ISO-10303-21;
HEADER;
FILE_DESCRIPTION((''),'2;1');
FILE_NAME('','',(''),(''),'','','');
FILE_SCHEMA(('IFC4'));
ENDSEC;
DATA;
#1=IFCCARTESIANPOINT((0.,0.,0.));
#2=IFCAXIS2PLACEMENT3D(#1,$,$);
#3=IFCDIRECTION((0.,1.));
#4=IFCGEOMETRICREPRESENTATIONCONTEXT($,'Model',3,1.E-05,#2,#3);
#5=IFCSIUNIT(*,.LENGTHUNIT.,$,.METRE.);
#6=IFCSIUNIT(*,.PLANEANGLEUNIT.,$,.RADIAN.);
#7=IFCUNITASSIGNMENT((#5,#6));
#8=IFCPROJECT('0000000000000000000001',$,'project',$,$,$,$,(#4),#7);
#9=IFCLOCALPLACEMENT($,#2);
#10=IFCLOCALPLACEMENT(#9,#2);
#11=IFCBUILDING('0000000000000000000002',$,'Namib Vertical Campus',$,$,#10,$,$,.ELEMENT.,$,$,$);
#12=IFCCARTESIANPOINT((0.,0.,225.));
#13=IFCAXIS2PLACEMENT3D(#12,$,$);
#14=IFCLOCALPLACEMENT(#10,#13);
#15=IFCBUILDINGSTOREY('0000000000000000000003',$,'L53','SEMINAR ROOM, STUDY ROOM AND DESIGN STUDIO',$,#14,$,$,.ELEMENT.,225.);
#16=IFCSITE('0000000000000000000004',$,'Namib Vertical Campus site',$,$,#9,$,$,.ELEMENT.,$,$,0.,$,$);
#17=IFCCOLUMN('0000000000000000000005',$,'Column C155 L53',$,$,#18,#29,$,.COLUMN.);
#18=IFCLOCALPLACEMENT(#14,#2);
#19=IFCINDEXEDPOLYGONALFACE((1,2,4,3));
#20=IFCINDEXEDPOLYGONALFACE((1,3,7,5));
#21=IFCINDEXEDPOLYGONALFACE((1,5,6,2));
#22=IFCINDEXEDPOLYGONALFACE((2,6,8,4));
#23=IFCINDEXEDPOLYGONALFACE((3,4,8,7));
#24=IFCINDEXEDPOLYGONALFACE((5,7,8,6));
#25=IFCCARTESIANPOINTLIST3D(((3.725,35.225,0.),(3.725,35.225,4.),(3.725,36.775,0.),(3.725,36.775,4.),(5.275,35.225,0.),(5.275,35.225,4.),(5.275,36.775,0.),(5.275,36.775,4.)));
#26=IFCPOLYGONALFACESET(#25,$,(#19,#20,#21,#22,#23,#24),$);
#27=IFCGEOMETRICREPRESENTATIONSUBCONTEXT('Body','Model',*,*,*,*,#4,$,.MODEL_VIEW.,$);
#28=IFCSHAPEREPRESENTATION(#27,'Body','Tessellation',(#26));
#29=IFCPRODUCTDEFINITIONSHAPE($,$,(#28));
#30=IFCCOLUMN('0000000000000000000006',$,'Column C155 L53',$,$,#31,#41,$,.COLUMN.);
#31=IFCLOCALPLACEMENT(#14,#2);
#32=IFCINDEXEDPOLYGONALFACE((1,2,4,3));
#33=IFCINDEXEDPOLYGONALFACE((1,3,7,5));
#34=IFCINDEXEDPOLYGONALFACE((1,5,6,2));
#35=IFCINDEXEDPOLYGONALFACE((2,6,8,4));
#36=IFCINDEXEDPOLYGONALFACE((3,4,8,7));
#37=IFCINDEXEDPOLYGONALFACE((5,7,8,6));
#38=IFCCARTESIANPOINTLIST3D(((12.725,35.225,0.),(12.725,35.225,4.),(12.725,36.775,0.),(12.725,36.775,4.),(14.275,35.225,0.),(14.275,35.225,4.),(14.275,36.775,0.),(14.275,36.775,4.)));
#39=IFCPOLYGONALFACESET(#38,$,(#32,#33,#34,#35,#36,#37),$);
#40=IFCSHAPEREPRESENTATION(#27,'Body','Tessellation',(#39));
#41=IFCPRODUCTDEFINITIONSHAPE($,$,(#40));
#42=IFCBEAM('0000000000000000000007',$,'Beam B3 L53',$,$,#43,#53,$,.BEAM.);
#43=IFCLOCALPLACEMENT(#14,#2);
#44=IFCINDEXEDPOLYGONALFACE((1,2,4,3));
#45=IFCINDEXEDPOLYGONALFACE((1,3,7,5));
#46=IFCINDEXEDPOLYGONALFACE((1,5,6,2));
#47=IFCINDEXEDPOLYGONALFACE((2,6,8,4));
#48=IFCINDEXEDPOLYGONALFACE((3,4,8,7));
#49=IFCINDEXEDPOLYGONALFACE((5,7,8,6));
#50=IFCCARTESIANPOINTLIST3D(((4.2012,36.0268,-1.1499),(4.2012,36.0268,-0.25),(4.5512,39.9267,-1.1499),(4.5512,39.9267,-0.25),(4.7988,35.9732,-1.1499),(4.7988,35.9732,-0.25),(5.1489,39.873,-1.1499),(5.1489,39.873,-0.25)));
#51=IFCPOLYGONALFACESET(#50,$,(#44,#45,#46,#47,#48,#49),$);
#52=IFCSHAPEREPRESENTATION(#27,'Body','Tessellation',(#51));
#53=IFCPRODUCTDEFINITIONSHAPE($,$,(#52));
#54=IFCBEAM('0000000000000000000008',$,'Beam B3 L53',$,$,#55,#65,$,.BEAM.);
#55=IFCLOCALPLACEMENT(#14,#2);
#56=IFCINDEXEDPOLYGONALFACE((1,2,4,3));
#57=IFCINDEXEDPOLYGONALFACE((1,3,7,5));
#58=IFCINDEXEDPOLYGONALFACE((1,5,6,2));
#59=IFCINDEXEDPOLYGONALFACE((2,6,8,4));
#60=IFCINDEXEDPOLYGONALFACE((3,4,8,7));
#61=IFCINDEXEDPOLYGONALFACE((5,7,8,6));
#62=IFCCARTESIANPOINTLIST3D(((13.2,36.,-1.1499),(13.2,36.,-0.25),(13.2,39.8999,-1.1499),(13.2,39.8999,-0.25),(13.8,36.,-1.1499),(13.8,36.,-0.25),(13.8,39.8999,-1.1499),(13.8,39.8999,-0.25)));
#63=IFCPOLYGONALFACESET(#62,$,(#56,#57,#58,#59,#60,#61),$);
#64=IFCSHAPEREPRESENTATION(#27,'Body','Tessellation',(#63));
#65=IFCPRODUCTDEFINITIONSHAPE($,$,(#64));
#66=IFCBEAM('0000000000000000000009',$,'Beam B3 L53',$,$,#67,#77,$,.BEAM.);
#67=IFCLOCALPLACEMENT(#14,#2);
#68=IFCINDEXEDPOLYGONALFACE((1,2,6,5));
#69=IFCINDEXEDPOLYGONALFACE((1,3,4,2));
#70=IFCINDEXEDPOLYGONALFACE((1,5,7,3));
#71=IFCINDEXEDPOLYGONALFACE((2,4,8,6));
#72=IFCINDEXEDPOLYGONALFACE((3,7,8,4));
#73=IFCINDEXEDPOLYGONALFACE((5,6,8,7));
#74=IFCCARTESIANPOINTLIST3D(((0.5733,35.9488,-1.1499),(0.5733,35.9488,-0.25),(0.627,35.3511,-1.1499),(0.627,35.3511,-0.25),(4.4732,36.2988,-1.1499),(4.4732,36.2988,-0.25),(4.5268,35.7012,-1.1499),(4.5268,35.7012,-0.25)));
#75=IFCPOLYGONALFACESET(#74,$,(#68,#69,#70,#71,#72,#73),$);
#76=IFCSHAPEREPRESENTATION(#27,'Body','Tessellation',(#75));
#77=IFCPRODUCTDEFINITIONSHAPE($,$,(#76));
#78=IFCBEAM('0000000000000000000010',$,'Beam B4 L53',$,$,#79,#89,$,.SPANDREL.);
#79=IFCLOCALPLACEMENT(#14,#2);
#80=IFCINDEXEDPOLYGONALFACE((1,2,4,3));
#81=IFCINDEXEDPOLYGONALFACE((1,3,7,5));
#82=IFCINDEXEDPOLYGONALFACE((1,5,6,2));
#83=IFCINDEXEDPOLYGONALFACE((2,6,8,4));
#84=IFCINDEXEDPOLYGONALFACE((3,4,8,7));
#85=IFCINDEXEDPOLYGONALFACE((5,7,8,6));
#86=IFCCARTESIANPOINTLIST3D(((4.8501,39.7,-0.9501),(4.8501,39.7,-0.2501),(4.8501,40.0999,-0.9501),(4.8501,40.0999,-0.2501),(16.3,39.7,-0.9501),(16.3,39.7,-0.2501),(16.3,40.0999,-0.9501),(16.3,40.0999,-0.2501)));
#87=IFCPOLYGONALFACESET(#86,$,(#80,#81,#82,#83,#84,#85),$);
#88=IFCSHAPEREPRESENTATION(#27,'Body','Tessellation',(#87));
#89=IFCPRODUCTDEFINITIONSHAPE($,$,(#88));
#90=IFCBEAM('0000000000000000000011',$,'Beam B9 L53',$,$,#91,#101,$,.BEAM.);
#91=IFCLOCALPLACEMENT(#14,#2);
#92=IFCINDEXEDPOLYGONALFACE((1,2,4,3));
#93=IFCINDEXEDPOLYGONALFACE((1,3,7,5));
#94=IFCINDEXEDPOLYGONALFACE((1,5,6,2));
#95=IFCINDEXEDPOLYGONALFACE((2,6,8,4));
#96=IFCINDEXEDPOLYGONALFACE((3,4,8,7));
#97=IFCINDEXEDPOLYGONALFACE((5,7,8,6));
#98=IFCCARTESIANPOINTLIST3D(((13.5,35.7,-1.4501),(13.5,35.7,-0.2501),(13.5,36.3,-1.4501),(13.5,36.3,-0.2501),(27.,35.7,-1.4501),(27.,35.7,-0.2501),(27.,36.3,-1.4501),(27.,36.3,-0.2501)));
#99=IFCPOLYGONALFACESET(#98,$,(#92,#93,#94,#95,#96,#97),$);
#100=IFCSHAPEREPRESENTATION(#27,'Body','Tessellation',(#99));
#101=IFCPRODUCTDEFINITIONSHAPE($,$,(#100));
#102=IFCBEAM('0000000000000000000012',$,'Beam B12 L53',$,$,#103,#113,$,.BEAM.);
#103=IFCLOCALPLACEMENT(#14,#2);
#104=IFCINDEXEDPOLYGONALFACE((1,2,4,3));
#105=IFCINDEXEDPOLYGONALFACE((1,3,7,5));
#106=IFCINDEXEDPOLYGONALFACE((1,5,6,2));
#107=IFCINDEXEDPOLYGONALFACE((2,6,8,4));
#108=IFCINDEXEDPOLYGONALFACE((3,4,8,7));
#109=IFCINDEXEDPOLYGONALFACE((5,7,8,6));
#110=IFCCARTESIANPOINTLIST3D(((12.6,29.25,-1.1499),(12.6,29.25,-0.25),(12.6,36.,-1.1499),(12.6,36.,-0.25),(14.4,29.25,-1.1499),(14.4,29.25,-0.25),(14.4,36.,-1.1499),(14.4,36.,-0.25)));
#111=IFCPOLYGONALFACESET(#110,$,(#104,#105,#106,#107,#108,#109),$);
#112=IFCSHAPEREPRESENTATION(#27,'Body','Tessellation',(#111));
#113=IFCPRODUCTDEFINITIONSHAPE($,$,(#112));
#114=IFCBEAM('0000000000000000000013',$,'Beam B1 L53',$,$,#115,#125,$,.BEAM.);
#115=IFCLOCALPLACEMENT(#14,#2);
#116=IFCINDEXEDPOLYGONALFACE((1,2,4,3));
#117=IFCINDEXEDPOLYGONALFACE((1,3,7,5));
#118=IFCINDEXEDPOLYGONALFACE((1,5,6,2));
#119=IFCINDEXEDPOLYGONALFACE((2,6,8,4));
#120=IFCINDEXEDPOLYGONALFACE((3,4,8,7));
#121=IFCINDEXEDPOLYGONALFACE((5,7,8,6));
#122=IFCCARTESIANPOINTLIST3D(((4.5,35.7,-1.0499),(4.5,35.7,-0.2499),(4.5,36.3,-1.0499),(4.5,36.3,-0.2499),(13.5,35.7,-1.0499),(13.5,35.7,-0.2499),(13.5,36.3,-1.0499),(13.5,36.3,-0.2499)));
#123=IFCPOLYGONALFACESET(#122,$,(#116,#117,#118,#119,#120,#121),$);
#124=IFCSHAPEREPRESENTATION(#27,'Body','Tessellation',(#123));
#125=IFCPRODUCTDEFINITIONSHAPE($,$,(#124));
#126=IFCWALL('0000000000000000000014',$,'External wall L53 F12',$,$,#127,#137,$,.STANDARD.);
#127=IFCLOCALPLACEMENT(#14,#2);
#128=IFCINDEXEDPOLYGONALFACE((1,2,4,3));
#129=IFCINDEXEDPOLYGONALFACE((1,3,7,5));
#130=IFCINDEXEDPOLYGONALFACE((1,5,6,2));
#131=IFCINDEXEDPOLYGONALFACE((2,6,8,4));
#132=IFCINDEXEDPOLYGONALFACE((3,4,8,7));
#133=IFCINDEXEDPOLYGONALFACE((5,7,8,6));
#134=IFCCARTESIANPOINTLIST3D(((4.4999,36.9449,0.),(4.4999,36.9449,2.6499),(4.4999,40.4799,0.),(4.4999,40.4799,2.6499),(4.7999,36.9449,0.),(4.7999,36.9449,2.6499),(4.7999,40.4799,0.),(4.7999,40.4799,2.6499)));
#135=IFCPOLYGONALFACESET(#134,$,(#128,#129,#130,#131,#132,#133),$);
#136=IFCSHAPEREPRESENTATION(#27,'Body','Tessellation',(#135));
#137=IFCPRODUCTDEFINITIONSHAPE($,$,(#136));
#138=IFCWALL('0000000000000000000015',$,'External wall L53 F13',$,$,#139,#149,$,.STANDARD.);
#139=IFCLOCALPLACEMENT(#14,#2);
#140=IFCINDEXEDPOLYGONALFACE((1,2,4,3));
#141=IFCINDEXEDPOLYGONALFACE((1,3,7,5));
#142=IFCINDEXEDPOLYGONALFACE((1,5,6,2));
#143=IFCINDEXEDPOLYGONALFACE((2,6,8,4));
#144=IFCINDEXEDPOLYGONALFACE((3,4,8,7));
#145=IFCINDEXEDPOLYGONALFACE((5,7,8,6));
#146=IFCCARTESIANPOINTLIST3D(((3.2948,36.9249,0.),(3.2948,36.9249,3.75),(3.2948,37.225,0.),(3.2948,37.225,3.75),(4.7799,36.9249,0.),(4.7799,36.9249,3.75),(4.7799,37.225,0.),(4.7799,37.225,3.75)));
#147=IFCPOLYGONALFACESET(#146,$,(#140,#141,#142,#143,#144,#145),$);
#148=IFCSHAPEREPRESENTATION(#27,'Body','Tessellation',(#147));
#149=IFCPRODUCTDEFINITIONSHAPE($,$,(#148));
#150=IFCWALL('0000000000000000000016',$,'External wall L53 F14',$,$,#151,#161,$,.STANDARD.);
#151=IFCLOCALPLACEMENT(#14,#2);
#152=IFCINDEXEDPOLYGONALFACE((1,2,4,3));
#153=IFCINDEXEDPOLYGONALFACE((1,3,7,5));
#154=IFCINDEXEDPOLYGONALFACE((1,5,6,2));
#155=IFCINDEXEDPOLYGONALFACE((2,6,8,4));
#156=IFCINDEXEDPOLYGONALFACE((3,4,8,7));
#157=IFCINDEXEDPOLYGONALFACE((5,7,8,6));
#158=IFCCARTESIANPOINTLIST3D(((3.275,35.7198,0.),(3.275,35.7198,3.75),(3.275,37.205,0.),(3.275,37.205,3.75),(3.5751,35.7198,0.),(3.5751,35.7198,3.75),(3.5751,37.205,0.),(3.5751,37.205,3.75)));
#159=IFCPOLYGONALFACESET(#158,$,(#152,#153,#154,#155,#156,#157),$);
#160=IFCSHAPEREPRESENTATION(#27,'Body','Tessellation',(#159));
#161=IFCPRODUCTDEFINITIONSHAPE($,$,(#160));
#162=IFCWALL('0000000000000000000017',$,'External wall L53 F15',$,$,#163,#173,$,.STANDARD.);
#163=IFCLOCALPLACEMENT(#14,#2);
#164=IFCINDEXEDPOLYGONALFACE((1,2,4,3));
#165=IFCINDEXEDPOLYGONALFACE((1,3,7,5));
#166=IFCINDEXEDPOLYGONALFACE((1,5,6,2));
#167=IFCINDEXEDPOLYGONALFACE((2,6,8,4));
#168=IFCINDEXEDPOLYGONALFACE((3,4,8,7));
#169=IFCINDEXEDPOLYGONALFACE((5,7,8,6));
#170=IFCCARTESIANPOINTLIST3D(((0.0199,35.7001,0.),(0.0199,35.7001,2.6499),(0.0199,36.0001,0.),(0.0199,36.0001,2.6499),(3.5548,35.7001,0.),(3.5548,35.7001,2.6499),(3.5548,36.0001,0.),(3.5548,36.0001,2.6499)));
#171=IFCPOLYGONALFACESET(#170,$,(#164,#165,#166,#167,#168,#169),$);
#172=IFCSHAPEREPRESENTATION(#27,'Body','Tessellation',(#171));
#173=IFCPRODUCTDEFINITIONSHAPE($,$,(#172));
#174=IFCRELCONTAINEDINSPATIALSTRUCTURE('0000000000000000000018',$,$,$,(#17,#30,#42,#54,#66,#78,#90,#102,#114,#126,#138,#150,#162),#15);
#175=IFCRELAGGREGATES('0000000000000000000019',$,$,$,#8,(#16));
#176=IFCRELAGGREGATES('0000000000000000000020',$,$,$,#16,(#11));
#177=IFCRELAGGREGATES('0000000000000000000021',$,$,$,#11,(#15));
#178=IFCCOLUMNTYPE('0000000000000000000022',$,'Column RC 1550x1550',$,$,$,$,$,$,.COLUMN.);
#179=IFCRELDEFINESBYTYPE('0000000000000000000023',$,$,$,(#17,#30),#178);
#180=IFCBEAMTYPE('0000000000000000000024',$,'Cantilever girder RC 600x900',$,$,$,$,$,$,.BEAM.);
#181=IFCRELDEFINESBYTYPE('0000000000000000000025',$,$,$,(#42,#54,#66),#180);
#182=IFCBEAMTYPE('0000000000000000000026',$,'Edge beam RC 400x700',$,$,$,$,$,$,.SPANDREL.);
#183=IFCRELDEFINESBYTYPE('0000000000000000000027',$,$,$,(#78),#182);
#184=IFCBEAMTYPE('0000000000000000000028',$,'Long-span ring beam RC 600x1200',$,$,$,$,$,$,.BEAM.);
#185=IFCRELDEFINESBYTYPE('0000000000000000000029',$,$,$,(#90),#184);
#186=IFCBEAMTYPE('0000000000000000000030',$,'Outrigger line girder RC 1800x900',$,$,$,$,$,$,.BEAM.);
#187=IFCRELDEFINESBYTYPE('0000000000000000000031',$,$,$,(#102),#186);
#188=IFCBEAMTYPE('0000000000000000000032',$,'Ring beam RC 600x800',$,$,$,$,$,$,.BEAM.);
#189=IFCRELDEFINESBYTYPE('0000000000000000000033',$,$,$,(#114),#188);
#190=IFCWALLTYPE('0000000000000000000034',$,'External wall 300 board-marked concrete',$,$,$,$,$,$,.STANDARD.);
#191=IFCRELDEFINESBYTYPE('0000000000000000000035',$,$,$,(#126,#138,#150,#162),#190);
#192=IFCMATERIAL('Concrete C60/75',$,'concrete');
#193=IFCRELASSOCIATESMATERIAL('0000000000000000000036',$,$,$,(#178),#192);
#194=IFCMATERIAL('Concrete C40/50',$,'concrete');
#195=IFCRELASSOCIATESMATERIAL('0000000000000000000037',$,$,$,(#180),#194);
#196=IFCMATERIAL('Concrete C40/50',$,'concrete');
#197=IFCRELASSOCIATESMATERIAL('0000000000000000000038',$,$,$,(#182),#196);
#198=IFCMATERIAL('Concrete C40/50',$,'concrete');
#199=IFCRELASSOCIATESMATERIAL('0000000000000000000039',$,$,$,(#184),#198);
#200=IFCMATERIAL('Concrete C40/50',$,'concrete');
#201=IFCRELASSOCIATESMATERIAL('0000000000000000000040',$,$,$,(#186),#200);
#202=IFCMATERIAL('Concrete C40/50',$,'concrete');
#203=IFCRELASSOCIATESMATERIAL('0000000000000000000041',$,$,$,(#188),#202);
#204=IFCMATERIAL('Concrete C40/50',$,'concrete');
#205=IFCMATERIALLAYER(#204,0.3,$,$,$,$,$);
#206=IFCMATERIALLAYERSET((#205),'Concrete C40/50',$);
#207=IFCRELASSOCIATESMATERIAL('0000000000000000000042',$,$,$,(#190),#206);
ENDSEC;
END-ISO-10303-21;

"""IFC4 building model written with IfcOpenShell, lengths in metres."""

from ifc_helpers import new_model, si_unit, direction, frame, frame_2d, origin, origin_2d, place, context, subcontext, project, spatial, rectangle, extrude, material, layer, layer_set, material_profile, profile_set, type_object, element, save


model = new_model("IFC4")

# Units and contexts
model_context = context("Model", 3, precision=1e-05, world=origin(), true_north=direction((0.0, 1.0)))
body_context = subcontext(model_context, "Body", "Model", "MODEL_VIEW")
ifc_project = project(units=[si_unit("LENGTHUNIT", "METRE"), si_unit("PLANEANGLEUNIT", "RADIAN")], contexts=[model_context])

# Site, building, storey
site_placement = place(None, origin())
site = spatial("IfcSite", under=ifc_project, at=site_placement, Name="Namib Vertical Campus site", CompositionType="ELEMENT", RefElevation=0.0)
building_placement = place(site_placement, origin())
building = spatial("IfcBuilding", under=site, at=building_placement, Name="Namib Vertical Campus", CompositionType="ELEMENT")
storey_placement = place(building_placement, frame((0.0, 0.0, 225.0)))
storey = spatial("IfcBuildingStorey", under=building, at=storey_placement, Name="L53", Description="SEMINAR ROOM, STUDY ROOM AND DESIGN STUDIO", CompositionType="ELEMENT", Elevation=225.0)

# Columns
ifc_material_1 = material(Name="Concrete C60/75", Category="concrete")
ifc_material_profile_1 = material_profile(ifc_material_1, rectangle(XDim=1.55, YDim=1.55, at=origin_2d()))
ifc_profile_set_1 = profile_set([ifc_material_profile_1], Name="Concrete C60/75")
column_type = type_object("IfcColumnType", Name="Column RC 1550x1550", PredefinedType="COLUMN", material=ifc_profile_set_1)
for number, where, z_axis, x_axis, name in (
    (1, (4.5, 36.0, 0.0), (0.0, 0.0, 1.0), (1.0, 0.0, 0.0), "Column C155 L53"),
    (2, (13.5, 36.0, 0.0), (0.0, 0.0, 1.0), (1.0, 0.0, 0.0), "Column C155 L53"),
):
    element("IfcColumn", number, at=place(storey_placement, frame(where, z_axis=z_axis, x_axis=x_axis)), inside=storey, type_object=column_type, Name=name, PredefinedType="COLUMN", context=body_context, shape_type="SweptSolid", body=[
        extrude(rectangle(XDim=1.55, YDim=1.55, at=origin_2d()), origin(), (0.0, 0.0, 1.0), 4.0),
    ])

# Beams
ifc_material_2 = material(Name="Concrete C40/50", Category="concrete")
ifc_material_profile_2 = material_profile(ifc_material_2, rectangle(XDim=0.6001, YDim=0.8999, at=origin_2d()))
ifc_profile_set_2 = profile_set([ifc_material_profile_2], Name="Concrete C40/50")
beam_type_1 = type_object("IfcBeamType", Name="Cantilever girder RC 600x900", PredefinedType="BEAM", material=ifc_profile_set_2)
beam_1_placement = place(storey_placement, frame((4.5, 36.0, -0.7), z_axis=(0.089411, 0.995995, 0.0), x_axis=(-0.995995, 0.089411, 0.0)))
element("IfcBeam", 3, at=beam_1_placement, inside=storey, type_object=beam_type_1, Name="Beam B3 L53", PredefinedType="BEAM", context=body_context, shape_type="SweptSolid", body=[
    extrude(rectangle(XDim=0.6001, YDim=0.8999, at=origin_2d()), origin(), (0.0, 0.0, 1.0), 3.9155),
])
beam_2_placement = place(storey_placement, frame((13.5, 36.0, -0.7), z_axis=(0.0, 1.0, 0.0), x_axis=(-1.0, 0.0, 0.0)))
element("IfcBeam", 4, at=beam_2_placement, inside=storey, type_object=beam_type_1, Name="Beam B3 L53", PredefinedType="BEAM", context=body_context, shape_type="SweptSolid", body=[
    extrude(rectangle(XDim=0.6001, YDim=0.8999, at=origin_2d()), origin(), (0.0, 0.0, 1.0), 3.8999),
])
beam_3_placement = place(storey_placement, frame((4.5, 36.0, -0.7), z_axis=(-0.995995, -0.089411, 0.0), x_axis=(0.089411, -0.995995, 0.0)))
element("IfcBeam", 5, at=beam_3_placement, inside=storey, type_object=beam_type_1, Name="Beam B3 L53", PredefinedType="BEAM", context=body_context, shape_type="SweptSolid", body=[
    extrude(rectangle(XDim=0.6001, YDim=0.8999, at=origin_2d()), origin(), (0.0, 0.0, 1.0), 3.9155),
])
ifc_material_3 = material(Name="Concrete C40/50", Category="concrete")
ifc_material_profile_3 = material_profile(ifc_material_3, rectangle(XDim=0.3999, YDim=0.7, at=origin_2d()))
ifc_profile_set_3 = profile_set([ifc_material_profile_3], Name="Concrete C40/50")
beam_type_2 = type_object("IfcBeamType", Name="Edge beam RC 400x700", PredefinedType="SPANDREL", material=ifc_profile_set_3)
beam_4_placement = place(storey_placement, frame((4.8501, 39.8999, -0.6001), z_axis=(1.0, 0.0, 0.0), x_axis=(0.0, 1.0, 0.0)))
element("IfcBeam", 6, at=beam_4_placement, inside=storey, type_object=beam_type_2, Name="Beam B4 L53", PredefinedType="SPANDREL", context=body_context, shape_type="SweptSolid", body=[
    extrude(rectangle(XDim=0.3999, YDim=0.7, at=origin_2d()), origin(), (0.0, 0.0, 1.0), 11.45),
])
ifc_material_4 = material(Name="Concrete C40/50", Category="concrete")
ifc_material_profile_4 = material_profile(ifc_material_4, rectangle(XDim=0.6001, YDim=1.2, at=origin_2d()))
ifc_profile_set_4 = profile_set([ifc_material_profile_4], Name="Concrete C40/50")
beam_type_3 = type_object("IfcBeamType", Name="Long-span ring beam RC 600x1200", PredefinedType="BEAM", material=ifc_profile_set_4)
beam_5_placement = place(storey_placement, frame((13.5, 36.0, -0.8501), z_axis=(1.0, 0.0, 0.0), x_axis=(0.0, 1.0, 0.0)))
element("IfcBeam", 7, at=beam_5_placement, inside=storey, type_object=beam_type_3, Name="Beam B9 L53", PredefinedType="BEAM", context=body_context, shape_type="SweptSolid", body=[
    extrude(rectangle(XDim=0.6001, YDim=1.2, at=origin_2d()), origin(), (0.0, 0.0, 1.0), 13.5),
])
ifc_material_5 = material(Name="Concrete C40/50", Category="concrete")
ifc_material_profile_5 = material_profile(ifc_material_5, rectangle(XDim=1.8, YDim=0.8999, at=origin_2d()))
ifc_profile_set_5 = profile_set([ifc_material_profile_5], Name="Concrete C40/50")
beam_type_4 = type_object("IfcBeamType", Name="Outrigger line girder RC 1800x900", PredefinedType="BEAM", material=ifc_profile_set_5)
beam_6_placement = place(storey_placement, frame((13.5, 36.0, -0.7), z_axis=(0.0, -1.0, 0.0), x_axis=(1.0, 0.0, 0.0)))
element("IfcBeam", 8, at=beam_6_placement, inside=storey, type_object=beam_type_4, Name="Beam B12 L53", PredefinedType="BEAM", context=body_context, shape_type="SweptSolid", body=[
    extrude(rectangle(XDim=1.8, YDim=0.8999, at=origin_2d()), origin(), (0.0, 0.0, 1.0), 6.75),
])
ifc_material_6 = material(Name="Concrete C40/50", Category="concrete")
ifc_material_profile_6 = material_profile(ifc_material_6, rectangle(XDim=0.6001, YDim=0.8, at=origin_2d()))
ifc_profile_set_6 = profile_set([ifc_material_profile_6], Name="Concrete C40/50")
beam_type_5 = type_object("IfcBeamType", Name="Ring beam RC 600x800", PredefinedType="BEAM", material=ifc_profile_set_6)
beam_7_placement = place(storey_placement, frame((4.5, 36.0, -0.6499), z_axis=(1.0, 0.0, 0.0), x_axis=(0.0, 1.0, 0.0)))
element("IfcBeam", 9, at=beam_7_placement, inside=storey, type_object=beam_type_5, Name="Beam B1 L53", PredefinedType="BEAM", context=body_context, shape_type="SweptSolid", body=[
    extrude(rectangle(XDim=0.6001, YDim=0.8, at=origin_2d()), origin(), (0.0, 0.0, 1.0), 9.0),
])

# Walls
ifc_material_7 = material(Name="Concrete C40/50", Category="concrete")
ifc_layer_1 = layer(ifc_material_7, 0.3)
ifc_layer_set_1 = layer_set([ifc_layer_1], Name="Concrete C40/50")
wall_type_1 = type_object("IfcWallType", Name="External wall 300 board-marked concrete", PredefinedType="STANDARD", material=ifc_layer_set_1)
wall_1_placement = place(storey_placement, frame((4.6499, 40.48, 0.0), z_axis=(0.0, 0.0, 1.0), x_axis=(0.0, -1.0, 0.0)))
element("IfcWall", 10, at=wall_1_placement, inside=storey, type_object=wall_type_1, Name="External wall L53 F12", PredefinedType="STANDARD", context=body_context, shape_type="SweptSolid", body=[
    extrude(rectangle(XDim=3.5349, YDim=0.3, at=frame_2d((1.7676, 0.0))), origin(), (0.0, 0.0, 1.0), 2.6499),
])
for number, where, z_axis, x_axis, name in (
    (11, (4.78, 37.075, 0.0), (0.0, 0.0, 1.0), (-1.0, 0.0, 0.0), "External wall L53 F13"),
    (12, (3.425, 37.2051, 0.0), (0.0, 0.0, 1.0), (0.0, -1.0, 0.0), "External wall L53 F14"),
):
    element("IfcWall", number, at=place(storey_placement, frame(where, z_axis=z_axis, x_axis=x_axis)), inside=storey, type_object=wall_type_1, Name=name, PredefinedType="STANDARD", context=body_context, shape_type="SweptSolid", body=[
        extrude(rectangle(XDim=1.4851, YDim=0.3, at=frame_2d((0.7427, 0.0))), origin(), (0.0, 0.0, 1.0), 3.75),
    ])
wall_2_placement = place(storey_placement, frame((3.5549, 35.8501, 0.0), z_axis=(0.0, 0.0, 1.0), x_axis=(-1.0, 0.0, 0.0)))
element("IfcWall", 13, at=wall_2_placement, inside=storey, type_object=wall_type_1, Name="External wall L53 F15", PredefinedType="STANDARD", context=body_context, shape_type="SweptSolid", body=[
    extrude(rectangle(XDim=3.5349, YDim=0.3, at=frame_2d((1.7676, 0.0))), origin(), (0.0, 0.0, 1.0), 2.6499),
])

save(model, "model.ifc")
